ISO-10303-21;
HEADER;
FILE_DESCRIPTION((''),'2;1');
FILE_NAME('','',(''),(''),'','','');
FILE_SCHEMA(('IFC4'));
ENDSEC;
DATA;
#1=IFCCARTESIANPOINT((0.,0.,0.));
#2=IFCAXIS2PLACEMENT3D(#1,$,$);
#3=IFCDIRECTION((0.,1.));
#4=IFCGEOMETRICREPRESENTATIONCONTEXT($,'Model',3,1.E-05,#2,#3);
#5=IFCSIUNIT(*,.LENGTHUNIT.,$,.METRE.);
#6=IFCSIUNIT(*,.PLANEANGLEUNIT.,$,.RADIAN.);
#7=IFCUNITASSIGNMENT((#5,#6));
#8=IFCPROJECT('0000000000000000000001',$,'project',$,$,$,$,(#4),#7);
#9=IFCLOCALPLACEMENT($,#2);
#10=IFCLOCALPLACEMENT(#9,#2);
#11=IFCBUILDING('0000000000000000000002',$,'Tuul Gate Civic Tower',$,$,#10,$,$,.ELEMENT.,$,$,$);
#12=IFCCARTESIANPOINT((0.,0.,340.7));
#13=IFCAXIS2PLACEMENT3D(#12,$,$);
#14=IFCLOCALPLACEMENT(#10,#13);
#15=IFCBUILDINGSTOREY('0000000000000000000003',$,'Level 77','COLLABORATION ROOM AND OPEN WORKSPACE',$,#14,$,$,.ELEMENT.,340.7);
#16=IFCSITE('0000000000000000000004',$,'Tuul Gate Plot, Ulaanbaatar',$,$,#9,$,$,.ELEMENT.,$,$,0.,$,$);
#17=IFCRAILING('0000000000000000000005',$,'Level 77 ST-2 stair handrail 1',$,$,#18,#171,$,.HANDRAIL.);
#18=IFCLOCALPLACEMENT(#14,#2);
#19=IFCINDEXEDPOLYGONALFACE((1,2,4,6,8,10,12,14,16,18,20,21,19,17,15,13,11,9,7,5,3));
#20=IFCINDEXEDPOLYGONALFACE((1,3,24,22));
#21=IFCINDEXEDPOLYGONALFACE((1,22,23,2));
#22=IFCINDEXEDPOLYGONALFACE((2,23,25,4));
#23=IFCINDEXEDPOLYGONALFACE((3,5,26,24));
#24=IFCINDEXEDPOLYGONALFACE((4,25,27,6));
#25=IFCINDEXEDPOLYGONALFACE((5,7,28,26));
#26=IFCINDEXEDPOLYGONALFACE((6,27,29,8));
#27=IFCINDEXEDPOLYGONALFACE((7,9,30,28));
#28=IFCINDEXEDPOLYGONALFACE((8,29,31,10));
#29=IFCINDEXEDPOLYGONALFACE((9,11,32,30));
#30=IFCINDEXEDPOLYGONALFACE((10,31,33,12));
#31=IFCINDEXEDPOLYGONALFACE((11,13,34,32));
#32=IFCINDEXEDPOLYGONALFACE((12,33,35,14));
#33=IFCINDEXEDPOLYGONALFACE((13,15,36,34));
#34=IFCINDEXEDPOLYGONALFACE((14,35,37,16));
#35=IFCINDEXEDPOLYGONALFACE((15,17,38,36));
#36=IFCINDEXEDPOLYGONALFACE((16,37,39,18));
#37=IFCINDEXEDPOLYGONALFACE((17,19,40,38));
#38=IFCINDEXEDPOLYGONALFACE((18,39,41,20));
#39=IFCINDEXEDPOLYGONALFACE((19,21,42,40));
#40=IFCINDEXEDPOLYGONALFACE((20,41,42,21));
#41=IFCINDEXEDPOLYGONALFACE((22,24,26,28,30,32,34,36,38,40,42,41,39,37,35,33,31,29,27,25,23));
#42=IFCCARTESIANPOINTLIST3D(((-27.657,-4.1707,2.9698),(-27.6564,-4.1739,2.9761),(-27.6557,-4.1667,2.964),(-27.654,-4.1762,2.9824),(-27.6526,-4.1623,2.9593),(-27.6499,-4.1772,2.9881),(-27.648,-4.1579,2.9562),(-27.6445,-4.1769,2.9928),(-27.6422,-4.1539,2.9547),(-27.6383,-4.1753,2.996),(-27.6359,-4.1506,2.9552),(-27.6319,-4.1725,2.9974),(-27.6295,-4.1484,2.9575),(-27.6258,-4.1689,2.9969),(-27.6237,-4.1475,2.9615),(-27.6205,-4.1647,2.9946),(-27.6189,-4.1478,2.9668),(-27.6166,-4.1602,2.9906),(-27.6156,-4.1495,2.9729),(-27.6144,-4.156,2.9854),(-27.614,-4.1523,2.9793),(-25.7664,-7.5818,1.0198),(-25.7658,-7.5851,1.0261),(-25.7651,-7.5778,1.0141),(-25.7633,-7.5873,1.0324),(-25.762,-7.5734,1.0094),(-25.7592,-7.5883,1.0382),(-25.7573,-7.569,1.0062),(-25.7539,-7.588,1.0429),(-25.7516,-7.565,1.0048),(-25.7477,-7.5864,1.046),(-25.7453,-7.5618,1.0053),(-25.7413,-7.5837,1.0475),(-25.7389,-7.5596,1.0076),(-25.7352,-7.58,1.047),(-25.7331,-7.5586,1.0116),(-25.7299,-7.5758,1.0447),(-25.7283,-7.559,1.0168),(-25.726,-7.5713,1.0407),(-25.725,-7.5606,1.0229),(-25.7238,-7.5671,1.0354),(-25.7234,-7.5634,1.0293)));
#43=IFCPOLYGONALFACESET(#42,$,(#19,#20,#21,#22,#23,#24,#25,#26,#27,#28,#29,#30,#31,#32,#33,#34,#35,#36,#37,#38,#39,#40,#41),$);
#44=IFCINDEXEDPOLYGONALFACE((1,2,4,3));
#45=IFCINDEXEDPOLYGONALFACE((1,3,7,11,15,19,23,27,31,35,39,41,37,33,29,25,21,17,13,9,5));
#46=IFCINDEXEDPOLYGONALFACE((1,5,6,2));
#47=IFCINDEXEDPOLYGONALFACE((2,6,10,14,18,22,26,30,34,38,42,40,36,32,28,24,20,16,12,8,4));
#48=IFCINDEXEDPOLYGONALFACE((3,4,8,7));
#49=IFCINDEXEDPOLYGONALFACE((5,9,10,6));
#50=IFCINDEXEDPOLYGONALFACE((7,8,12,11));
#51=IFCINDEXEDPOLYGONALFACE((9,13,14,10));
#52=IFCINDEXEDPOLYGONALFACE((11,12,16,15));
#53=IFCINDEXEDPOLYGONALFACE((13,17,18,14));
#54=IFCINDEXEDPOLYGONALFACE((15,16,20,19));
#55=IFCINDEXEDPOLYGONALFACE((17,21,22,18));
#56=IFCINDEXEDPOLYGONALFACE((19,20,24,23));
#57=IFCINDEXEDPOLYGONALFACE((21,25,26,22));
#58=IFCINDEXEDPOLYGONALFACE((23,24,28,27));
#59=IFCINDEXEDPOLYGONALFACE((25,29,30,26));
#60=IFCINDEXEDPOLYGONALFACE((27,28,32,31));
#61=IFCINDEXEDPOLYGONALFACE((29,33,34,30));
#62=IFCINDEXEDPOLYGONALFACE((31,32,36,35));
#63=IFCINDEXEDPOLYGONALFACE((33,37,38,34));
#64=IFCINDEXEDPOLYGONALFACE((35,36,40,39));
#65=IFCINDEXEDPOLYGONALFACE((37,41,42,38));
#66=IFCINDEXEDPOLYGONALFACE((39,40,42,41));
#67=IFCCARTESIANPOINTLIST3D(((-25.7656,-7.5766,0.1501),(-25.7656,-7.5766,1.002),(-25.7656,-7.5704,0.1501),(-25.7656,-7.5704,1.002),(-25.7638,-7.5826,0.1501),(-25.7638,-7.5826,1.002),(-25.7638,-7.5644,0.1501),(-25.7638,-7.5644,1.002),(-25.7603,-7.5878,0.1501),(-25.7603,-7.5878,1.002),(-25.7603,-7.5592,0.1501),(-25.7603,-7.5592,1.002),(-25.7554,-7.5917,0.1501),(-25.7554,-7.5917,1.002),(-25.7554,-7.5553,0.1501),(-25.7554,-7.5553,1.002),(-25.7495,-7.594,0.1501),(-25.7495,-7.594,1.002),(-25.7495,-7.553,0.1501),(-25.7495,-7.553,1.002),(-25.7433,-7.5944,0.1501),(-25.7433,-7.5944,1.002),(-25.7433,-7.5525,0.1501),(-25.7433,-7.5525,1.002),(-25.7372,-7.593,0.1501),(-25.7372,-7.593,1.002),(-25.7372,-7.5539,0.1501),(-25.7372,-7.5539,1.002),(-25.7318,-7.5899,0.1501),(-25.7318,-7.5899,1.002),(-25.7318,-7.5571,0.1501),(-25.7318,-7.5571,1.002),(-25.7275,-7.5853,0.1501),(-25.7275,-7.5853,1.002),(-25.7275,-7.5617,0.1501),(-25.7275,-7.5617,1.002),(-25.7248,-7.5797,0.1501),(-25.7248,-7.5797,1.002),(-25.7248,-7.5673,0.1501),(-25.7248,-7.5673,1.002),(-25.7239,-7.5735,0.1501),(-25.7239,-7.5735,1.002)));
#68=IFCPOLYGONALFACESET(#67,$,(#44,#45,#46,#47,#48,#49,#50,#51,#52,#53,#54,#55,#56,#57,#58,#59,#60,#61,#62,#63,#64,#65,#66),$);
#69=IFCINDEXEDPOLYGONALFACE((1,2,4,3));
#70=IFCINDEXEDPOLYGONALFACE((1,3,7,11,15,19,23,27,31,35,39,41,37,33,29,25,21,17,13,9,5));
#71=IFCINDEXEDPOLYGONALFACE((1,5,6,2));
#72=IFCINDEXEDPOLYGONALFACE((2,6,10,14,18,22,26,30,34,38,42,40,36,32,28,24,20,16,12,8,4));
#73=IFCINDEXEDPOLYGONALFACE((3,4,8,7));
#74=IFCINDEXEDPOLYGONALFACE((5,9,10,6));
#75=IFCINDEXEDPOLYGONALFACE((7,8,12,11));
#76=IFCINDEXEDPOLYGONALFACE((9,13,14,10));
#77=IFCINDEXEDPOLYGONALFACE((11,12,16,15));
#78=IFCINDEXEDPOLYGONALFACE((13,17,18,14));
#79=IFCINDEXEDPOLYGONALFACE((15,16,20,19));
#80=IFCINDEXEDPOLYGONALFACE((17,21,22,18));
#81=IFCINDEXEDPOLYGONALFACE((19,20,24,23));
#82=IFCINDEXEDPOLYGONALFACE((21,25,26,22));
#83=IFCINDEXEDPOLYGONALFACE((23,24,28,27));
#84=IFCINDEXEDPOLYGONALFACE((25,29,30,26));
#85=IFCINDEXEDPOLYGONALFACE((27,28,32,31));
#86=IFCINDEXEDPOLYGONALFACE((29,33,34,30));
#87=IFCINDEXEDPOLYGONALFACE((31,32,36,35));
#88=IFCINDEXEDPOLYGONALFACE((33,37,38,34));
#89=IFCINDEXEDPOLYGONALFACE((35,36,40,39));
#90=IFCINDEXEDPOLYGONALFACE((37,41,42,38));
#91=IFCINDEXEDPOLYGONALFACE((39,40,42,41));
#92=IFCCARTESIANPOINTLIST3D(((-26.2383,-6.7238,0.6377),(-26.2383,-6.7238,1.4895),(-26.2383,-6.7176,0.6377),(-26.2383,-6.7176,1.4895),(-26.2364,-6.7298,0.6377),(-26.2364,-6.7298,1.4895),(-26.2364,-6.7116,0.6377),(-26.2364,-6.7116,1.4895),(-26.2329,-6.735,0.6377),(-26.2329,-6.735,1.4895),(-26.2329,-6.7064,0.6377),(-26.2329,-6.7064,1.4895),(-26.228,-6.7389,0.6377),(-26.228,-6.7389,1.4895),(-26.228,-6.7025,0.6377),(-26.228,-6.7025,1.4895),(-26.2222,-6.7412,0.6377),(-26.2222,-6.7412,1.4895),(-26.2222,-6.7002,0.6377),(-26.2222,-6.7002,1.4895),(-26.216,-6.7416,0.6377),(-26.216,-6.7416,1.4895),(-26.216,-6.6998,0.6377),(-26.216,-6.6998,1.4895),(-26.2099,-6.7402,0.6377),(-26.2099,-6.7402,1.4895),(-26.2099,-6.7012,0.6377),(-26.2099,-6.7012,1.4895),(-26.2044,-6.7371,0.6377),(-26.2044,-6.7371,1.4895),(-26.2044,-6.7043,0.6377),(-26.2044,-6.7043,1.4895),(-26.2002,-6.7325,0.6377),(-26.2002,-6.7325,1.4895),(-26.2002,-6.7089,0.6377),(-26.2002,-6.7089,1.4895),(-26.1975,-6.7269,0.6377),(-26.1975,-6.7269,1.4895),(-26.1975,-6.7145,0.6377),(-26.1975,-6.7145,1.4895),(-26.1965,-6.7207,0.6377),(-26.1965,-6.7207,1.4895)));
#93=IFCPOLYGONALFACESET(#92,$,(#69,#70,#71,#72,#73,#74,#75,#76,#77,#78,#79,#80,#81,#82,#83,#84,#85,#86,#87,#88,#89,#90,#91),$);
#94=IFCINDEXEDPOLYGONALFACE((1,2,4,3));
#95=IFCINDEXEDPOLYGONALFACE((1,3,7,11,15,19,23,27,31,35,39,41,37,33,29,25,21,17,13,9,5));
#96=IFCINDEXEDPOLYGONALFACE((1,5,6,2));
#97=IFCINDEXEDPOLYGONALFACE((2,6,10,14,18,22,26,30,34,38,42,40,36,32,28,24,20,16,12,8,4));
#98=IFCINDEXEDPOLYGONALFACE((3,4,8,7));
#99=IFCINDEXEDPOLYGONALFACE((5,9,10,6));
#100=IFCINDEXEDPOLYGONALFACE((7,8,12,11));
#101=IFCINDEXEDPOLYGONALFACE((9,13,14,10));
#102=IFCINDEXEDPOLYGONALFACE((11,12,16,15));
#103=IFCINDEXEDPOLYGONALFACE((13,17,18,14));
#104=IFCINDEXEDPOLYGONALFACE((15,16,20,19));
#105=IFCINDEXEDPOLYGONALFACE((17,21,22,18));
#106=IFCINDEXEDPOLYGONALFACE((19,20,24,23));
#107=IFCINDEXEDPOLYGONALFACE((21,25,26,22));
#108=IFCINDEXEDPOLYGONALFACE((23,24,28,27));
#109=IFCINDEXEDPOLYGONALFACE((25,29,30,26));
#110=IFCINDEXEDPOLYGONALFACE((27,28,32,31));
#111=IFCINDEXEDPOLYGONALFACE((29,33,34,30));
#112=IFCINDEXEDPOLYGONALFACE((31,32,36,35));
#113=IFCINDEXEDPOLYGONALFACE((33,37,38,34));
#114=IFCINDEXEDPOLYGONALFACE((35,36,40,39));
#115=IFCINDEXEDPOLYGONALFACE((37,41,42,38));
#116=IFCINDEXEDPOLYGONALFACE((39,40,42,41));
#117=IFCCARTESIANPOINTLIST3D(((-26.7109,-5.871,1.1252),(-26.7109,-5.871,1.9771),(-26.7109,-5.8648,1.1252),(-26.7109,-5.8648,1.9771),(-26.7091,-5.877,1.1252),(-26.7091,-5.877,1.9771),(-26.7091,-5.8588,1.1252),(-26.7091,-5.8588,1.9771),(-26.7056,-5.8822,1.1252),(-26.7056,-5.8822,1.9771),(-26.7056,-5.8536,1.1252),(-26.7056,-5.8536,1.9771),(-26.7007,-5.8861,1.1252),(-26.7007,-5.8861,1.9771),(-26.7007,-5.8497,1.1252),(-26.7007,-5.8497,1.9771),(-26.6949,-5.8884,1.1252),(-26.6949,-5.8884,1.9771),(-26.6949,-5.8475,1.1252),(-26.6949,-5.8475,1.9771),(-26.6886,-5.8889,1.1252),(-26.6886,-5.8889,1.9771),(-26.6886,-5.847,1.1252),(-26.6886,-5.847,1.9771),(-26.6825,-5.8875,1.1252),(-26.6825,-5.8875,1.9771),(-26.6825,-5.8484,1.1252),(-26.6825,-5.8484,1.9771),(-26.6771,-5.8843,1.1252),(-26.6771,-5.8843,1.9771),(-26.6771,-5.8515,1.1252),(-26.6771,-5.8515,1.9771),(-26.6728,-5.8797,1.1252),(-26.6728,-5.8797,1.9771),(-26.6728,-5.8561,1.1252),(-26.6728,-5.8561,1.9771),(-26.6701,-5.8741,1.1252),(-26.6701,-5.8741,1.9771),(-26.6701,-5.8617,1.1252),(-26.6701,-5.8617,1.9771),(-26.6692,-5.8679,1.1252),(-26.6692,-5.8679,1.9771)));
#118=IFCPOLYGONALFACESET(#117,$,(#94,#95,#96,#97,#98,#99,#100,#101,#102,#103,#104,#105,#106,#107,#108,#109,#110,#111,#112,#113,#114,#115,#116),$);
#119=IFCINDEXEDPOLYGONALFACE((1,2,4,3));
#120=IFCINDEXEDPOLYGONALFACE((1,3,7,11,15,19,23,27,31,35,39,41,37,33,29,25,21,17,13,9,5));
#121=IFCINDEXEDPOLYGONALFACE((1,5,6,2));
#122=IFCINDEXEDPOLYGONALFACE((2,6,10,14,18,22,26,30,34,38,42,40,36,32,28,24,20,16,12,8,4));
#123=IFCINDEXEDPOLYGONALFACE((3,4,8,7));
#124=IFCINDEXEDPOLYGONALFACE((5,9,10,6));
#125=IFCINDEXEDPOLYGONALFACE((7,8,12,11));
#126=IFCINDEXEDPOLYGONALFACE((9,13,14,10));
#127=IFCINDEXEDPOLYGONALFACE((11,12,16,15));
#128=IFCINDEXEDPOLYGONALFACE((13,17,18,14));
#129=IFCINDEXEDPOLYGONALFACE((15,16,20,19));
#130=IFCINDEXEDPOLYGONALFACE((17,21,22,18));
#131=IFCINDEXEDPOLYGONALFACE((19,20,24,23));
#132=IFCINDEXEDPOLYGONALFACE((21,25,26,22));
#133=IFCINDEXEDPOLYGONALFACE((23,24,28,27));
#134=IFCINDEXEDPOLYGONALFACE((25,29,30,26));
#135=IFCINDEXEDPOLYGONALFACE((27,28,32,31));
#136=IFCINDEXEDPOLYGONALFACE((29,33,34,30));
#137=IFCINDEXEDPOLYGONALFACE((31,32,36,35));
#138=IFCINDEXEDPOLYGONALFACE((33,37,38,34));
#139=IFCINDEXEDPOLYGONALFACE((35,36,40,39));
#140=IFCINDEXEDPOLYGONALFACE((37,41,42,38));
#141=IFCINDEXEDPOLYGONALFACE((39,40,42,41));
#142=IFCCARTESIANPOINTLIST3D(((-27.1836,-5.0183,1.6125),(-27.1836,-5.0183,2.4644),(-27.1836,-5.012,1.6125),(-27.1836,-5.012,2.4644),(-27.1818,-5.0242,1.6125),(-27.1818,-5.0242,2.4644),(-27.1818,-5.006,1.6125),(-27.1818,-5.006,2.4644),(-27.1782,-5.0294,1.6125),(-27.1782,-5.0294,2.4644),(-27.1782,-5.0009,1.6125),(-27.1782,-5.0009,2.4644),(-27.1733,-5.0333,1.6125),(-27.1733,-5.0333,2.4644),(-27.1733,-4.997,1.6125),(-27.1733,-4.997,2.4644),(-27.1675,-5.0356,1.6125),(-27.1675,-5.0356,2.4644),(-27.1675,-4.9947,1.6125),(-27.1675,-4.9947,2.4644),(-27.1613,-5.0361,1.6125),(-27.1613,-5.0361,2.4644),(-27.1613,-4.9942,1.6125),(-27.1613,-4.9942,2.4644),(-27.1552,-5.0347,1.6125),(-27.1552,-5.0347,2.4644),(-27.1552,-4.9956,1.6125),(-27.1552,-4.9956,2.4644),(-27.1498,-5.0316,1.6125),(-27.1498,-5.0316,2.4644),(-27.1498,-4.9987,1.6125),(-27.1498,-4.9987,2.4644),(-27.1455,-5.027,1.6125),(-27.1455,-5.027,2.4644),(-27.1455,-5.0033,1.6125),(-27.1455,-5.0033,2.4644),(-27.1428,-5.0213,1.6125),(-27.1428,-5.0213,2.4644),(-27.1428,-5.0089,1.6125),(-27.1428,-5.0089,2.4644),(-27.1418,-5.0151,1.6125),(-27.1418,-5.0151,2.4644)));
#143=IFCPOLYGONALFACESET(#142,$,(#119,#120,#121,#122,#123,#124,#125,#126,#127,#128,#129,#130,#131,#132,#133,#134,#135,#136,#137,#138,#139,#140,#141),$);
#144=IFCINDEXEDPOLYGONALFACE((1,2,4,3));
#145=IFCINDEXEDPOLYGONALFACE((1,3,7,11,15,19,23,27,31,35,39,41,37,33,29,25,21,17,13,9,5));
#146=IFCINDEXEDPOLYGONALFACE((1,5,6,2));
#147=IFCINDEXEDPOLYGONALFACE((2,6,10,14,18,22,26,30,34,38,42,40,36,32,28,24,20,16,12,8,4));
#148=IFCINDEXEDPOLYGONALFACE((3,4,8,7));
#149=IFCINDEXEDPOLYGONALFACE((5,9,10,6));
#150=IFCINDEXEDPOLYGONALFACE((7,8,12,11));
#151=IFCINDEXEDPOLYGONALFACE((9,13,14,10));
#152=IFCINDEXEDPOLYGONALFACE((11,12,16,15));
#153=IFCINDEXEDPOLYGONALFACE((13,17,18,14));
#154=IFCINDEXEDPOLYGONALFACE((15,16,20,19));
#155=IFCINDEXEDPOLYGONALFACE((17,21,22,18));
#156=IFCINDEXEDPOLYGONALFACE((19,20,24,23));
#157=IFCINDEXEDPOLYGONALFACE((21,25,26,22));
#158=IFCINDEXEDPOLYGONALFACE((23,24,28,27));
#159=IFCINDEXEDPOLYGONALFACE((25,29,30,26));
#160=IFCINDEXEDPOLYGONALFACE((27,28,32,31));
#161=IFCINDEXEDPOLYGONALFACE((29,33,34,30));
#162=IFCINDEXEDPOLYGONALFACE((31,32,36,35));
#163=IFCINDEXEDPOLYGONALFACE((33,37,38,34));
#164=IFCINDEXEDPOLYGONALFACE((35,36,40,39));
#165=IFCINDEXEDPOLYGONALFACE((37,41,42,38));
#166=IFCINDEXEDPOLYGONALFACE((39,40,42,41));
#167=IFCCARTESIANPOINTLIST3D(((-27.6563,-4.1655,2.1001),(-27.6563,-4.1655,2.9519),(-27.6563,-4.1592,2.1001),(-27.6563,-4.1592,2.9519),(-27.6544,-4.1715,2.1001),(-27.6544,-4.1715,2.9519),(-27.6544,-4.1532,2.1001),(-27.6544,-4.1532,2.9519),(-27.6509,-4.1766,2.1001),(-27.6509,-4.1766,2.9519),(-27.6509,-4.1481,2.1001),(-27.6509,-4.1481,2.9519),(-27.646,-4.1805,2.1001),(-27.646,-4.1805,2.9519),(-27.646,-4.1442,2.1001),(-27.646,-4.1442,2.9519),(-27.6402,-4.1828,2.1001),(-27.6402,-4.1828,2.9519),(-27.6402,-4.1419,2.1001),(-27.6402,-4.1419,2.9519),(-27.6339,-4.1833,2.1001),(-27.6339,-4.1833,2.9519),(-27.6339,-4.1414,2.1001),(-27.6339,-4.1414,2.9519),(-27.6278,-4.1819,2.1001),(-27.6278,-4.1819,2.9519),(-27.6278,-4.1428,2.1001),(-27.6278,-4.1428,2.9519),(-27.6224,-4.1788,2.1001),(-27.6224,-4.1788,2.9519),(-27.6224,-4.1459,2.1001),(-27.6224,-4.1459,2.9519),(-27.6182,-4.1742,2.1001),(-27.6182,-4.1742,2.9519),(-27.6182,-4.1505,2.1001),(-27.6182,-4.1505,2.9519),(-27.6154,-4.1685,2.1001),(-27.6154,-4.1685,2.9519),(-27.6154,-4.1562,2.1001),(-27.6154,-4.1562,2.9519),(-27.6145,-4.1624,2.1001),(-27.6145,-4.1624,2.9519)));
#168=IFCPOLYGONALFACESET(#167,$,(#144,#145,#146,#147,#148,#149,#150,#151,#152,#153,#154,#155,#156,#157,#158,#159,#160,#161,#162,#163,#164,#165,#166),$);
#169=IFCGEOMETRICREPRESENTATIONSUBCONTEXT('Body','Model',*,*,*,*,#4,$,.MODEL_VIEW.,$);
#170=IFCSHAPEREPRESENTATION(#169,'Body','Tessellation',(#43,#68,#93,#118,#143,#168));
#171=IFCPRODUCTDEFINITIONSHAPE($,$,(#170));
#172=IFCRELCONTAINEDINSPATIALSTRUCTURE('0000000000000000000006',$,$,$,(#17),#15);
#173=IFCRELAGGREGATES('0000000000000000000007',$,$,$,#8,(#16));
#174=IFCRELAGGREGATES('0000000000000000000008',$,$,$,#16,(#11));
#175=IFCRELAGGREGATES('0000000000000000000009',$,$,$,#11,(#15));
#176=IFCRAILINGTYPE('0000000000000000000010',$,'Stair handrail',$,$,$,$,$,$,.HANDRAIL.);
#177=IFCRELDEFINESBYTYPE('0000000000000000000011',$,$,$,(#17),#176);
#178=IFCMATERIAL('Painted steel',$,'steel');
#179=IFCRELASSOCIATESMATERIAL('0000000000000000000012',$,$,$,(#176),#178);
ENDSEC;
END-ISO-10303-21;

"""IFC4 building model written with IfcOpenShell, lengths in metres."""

from ifc_helpers import new_model, si_unit, direction, frame, origin, origin_2d, place, context, subcontext, project, spatial, circle, extrude, material, type_object, element, save


model = new_model("IFC4")

# Units and contexts
model_context = context("Model", 3, precision=1e-05, world=origin(), true_north=direction((0.0, 1.0)))
body_context = subcontext(model_context, "Body", "Model", "MODEL_VIEW")
ifc_project = project(units=[si_unit("LENGTHUNIT", "METRE"), si_unit("PLANEANGLEUNIT", "RADIAN")], contexts=[model_context])

# Site, building, storey
site_placement = place(None, origin())
site = spatial("IfcSite", under=ifc_project, at=site_placement, Name="Tuul Gate Plot, Ulaanbaatar", CompositionType="ELEMENT", RefElevation=0.0)
building_placement = place(site_placement, origin())
building = spatial("IfcBuilding", under=site, at=building_placement, Name="Tuul Gate Civic Tower", CompositionType="ELEMENT")
storey_placement = place(building_placement, frame((0.0, 0.0, 340.7)))
storey = spatial("IfcBuildingStorey", under=building, at=storey_placement, Name="Level 77", Description="COLLABORATION ROOM AND OPEN WORKSPACE", CompositionType="ELEMENT", Elevation=340.7)

# Railing
ifc_material_1 = material(Name="Painted steel", Category="steel")
railing_type_1 = type_object("IfcRailingType", Name="Stair handrail", PredefinedType="HANDRAIL", material=ifc_material_1)
railing_1_placement = place(storey_placement, frame((-25.7449, -7.5735, 0.1501)))
element("IfcRailing", 1, at=railing_1_placement, inside=storey, type_object=railing_type_1, Name="Level 77 ST-2 stair handrail 1", PredefinedType="HANDRAIL", context=body_context, shape_type="SweptSolid", body=[
    extrude(circle(Radius=0.0239, at=origin_2d()), frame((0.0, 0.0, 0.876), z_axis=(-0.433595, 0.782308, 0.447201), x_axis=(-0.874641, -0.484771, 0.0)), (0.0, 0.0, 1.0), 4.3604),
    extrude(circle(Radius=0.021, at=origin_2d()), origin(), (0.0, 0.0, 1.0), 0.8518),
    extrude(circle(Radius=0.021, at=origin_2d()), frame((-0.4727, 0.8528, 0.4875)), (0.0, 0.0, 1.0), 0.8518),
    extrude(circle(Radius=0.021, at=origin_2d()), frame((-0.9453, 1.7056, 0.9751)), (0.0, 0.0, 1.0), 0.8518),
    extrude(circle(Radius=0.021, at=origin_2d()), frame((-1.418, 2.5583, 1.4624)), (0.0, 0.0, 1.0), 0.8518),
    extrude(circle(Radius=0.021, at=origin_2d()), frame((-1.8906, 3.4111, 1.95)), (0.0, 0.0, 1.0), 0.8518),
])

save(model, "model.ifc")
